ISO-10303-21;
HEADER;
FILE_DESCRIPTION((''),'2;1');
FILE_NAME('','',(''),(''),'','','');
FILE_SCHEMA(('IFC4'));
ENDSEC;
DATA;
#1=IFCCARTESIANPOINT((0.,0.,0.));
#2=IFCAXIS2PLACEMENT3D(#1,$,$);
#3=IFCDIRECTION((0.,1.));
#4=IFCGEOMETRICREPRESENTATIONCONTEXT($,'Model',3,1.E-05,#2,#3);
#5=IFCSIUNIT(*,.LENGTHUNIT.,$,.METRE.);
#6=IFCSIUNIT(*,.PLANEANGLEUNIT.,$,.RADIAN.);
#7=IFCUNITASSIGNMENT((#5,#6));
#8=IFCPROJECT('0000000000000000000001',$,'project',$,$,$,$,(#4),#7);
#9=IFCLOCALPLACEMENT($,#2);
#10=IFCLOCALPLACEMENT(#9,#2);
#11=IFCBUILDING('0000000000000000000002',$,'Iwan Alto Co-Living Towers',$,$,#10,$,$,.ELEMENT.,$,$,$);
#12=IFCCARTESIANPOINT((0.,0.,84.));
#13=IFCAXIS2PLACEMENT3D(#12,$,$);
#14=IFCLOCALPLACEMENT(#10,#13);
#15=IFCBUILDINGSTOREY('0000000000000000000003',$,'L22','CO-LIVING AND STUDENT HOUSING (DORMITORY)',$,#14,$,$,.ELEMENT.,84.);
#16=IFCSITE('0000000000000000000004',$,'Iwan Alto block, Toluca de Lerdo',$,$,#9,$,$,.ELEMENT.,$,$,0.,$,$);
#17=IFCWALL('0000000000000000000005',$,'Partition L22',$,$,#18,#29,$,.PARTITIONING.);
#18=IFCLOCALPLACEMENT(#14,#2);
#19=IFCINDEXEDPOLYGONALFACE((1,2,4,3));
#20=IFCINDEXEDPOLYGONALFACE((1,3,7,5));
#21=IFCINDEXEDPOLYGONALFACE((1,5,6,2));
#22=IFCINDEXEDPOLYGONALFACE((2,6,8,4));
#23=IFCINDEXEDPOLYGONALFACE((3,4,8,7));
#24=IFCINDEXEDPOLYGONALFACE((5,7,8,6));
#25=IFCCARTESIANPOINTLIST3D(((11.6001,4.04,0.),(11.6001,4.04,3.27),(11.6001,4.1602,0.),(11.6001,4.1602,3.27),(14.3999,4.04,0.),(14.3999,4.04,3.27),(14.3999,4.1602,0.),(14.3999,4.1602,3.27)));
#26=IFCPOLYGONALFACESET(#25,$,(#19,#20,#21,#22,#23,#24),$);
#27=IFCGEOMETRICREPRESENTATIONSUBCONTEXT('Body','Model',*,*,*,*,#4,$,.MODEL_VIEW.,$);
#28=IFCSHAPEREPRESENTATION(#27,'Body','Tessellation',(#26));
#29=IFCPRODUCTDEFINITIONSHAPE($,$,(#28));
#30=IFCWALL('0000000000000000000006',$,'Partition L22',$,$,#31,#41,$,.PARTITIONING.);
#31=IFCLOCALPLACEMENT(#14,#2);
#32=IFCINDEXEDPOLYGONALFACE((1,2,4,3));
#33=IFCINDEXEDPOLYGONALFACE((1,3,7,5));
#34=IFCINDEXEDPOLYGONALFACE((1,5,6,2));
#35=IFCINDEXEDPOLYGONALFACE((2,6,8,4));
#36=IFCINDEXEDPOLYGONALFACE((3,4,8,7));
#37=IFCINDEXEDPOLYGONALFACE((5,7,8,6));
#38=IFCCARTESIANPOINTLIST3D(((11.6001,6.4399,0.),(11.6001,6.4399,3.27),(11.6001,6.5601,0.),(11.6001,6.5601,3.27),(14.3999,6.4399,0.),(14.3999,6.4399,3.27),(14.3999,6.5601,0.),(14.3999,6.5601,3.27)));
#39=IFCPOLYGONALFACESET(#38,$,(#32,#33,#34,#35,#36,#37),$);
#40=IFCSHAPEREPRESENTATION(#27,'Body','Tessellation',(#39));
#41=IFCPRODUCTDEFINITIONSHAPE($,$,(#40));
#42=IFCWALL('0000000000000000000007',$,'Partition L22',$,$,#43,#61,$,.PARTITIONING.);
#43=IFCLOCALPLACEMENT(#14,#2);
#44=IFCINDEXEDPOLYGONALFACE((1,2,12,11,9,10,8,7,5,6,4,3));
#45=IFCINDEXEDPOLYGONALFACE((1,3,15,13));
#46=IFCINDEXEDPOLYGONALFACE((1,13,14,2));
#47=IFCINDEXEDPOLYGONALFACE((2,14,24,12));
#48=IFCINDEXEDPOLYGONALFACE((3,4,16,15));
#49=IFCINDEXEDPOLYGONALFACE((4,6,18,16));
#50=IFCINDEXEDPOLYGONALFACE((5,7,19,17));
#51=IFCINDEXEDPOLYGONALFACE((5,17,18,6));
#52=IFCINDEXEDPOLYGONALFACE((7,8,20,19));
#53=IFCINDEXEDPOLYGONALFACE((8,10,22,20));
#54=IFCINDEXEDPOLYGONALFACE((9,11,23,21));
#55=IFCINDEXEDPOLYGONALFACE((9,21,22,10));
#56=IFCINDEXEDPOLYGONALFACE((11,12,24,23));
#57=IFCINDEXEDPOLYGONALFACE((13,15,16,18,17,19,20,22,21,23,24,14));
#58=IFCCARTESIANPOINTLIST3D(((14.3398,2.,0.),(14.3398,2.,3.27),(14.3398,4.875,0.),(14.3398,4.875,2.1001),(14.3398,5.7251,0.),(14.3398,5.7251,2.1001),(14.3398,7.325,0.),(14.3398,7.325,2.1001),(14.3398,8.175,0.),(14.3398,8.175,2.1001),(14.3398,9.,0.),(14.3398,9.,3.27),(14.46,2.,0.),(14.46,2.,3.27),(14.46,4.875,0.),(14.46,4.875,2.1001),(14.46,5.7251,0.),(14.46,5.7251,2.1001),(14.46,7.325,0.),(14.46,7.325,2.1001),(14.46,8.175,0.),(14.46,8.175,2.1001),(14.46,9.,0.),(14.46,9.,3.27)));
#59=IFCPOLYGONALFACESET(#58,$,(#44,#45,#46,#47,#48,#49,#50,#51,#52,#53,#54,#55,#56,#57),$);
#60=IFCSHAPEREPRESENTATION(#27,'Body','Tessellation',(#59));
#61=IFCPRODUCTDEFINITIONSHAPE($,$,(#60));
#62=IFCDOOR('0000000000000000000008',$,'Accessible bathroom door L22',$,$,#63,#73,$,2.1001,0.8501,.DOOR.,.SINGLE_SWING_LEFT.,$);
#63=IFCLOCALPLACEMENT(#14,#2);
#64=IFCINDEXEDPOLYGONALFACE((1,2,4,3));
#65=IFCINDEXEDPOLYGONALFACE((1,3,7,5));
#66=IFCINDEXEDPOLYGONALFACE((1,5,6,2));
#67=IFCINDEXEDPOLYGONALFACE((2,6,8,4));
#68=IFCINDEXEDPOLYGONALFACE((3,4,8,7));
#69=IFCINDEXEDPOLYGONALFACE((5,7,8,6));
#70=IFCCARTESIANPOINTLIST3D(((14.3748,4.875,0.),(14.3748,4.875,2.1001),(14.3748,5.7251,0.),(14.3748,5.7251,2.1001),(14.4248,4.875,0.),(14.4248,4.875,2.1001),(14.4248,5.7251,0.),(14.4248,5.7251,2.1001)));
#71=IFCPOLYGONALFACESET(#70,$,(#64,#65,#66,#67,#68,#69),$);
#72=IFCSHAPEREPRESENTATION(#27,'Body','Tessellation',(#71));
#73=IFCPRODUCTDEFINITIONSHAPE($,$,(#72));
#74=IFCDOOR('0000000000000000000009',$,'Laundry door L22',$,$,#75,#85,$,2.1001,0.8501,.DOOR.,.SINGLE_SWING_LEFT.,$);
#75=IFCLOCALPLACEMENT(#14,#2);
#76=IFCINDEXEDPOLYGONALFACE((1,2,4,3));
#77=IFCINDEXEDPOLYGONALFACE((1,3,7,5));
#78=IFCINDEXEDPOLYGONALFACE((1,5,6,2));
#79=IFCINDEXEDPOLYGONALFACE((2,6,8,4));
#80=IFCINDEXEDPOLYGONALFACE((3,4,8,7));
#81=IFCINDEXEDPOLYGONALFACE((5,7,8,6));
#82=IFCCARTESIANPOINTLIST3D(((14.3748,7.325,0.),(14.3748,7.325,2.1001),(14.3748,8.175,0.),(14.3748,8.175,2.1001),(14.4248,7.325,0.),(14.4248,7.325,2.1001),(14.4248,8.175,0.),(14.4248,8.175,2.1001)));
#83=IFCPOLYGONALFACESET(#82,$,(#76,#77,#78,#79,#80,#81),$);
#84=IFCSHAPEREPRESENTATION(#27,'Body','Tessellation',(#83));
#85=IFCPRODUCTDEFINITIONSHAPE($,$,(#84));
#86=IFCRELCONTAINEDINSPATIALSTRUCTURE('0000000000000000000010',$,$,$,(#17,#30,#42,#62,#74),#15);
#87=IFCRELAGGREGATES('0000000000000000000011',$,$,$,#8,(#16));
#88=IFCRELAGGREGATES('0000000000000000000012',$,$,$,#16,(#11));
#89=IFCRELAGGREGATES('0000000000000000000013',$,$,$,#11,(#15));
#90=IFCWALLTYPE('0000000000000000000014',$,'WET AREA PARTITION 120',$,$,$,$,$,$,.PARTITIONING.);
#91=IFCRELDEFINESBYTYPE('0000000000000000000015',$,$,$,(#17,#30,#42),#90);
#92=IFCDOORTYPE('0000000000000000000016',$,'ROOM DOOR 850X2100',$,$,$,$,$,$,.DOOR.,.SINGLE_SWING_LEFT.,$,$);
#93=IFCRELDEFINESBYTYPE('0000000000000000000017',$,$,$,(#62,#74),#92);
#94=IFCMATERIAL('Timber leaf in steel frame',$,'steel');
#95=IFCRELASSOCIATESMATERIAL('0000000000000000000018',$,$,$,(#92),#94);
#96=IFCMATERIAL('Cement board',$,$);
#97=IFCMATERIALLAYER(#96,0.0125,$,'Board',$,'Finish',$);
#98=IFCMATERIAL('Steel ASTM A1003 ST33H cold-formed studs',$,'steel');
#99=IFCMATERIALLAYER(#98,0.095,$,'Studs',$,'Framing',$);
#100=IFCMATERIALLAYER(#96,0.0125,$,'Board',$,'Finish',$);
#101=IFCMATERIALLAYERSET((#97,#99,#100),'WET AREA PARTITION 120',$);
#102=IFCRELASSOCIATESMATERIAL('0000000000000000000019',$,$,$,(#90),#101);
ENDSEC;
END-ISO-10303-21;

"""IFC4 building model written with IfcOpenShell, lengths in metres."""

from ifc_helpers import new_model, si_unit, direction, frame, frame_2d, origin, place, context, subcontext, project, spatial, rectangle, extrude, material, layer, layer_set, type_object, element, fill, save


model = new_model("IFC4")

# Units and contexts
model_context = context("Model", 3, precision=1e-05, world=origin(), true_north=direction((0.0, 1.0)))
body_context = subcontext(model_context, "Body", "Model", "MODEL_VIEW")
ifc_project = project(units=[si_unit("LENGTHUNIT", "METRE"), si_unit("PLANEANGLEUNIT", "RADIAN")], contexts=[model_context])

# Site, building, storey
site_placement = place(None, origin())
site = spatial("IfcSite", under=ifc_project, at=site_placement, Name="Iwan Alto block, Toluca de Lerdo", CompositionType="ELEMENT", RefElevation=0.0)
building_placement = place(site_placement, origin())
building = spatial("IfcBuilding", under=site, at=building_placement, Name="Iwan Alto Co-Living Towers", CompositionType="ELEMENT")
storey_placement = place(building_placement, frame((0.0, 0.0, 84.0)))
storey = spatial("IfcBuildingStorey", under=building, at=storey_placement, Name="L22", Description="CO-LIVING AND STUDENT HOUSING (DORMITORY)", CompositionType="ELEMENT", Elevation=84.0)

# Shared definitions
ifc_material_1 = material(Name="Steel ASTM A1003 ST33H cold-formed studs", Category="steel")

# Shared definitions
ifc_material_2 = material(Name="Timber leaf in steel frame", Category="steel")
door_type_1 = type_object("IfcDoorType", Name="ROOM DOOR 850X2100", OperationType="SINGLE_SWING_LEFT", PredefinedType="DOOR", material=ifc_material_2)

# Shared definitions
ifc_material_3 = material(Name="Cement board")
ifc_layer_1 = layer(ifc_material_3, 0.0125, Name="Board", Category="Finish")
ifc_layer_2 = layer(ifc_material_1, 0.095, Name="Studs", Category="Framing")
ifc_layer_3 = layer(ifc_material_3, 0.0125, Name="Board", Category="Finish")
ifc_layer_set_1 = layer_set([ifc_layer_1, ifc_layer_2, ifc_layer_3], Name="WET AREA PARTITION 120")
wall_type_1 = type_object("IfcWallType", Name="WET AREA PARTITION 120", PredefinedType="PARTITIONING", material=ifc_layer_set_1)

# Walls
for number, where, z_axis, x_axis, name in (
    (1, (11.6001, 4.1001, 0.0), (0.0, 0.0, 1.0), (1.0, 0.0, 0.0), "Partition L22"),
    (2, (11.6001, 6.5, 0.0), (0.0, 0.0, 1.0), (1.0, 0.0, 0.0), "Partition L22"),
):
    element("IfcWall", number, at=place(storey_placement, frame(where, z_axis=z_axis, x_axis=x_axis)), inside=storey, type_object=wall_type_1, Name=name, PredefinedType="PARTITIONING", context=body_context, shape_type="SweptSolid", body=[
        extrude(rectangle(XDim=2.7998, YDim=0.1201, at=frame_2d((1.3999, 0.0))), origin(), (0.0, 0.0, 1.0), 3.27),
    ])

# Wall, openings, doors
wall_1_placement = place(storey_placement, frame((14.3999, 2.0, 0.0), z_axis=(0.0, 0.0, 1.0), x_axis=(0.0, 1.0, 0.0)))
wall_1 = element("IfcWall", 3, at=wall_1_placement, inside=storey, type_object=wall_type_1, Name="Partition L22", PredefinedType="PARTITIONING", context=body_context, shape_type="SweptSolid", body=[
    extrude(rectangle(XDim=7.0, YDim=0.1201, at=frame_2d((3.5, 0.0))), origin(), (0.0, 0.0, 1.0), 3.27),
])
opening_1_placement = place(wall_1_placement, frame((2.875, 0.0, 0.0)))
opening_1 = element("IfcOpeningElement", 4, at=opening_1_placement, cuts=wall_1, PredefinedType="OPENING", context=body_context, shape_type="SweptSolid", body=[
    extrude(rectangle(XDim=0.8501, YDim=2.1001, at=frame_2d((0.425, 1.05))), frame((0.0, 0.0701, 0.0), z_axis=(0.0, -1.0, 0.0), x_axis=(1.0, 0.0, 0.0)), (0.0, 0.0, 1.0), 0.1401),
])
opening_2_placement = place(wall_1_placement, frame((5.325, 0.0, 0.0)))
opening_2 = element("IfcOpeningElement", 5, at=opening_2_placement, cuts=wall_1, PredefinedType="OPENING", context=body_context, shape_type="SweptSolid", body=[
    extrude(rectangle(XDim=0.8501, YDim=2.1001, at=frame_2d((0.425, 1.05))), frame((0.0, 0.0701, 0.0), z_axis=(0.0, -1.0, 0.0), x_axis=(1.0, 0.0, 0.0)), (0.0, 0.0, 1.0), 0.1401),
])
door_1_placement = place(opening_1_placement, frame((0.8501, 0.0, 0.0), z_axis=(0.0, 0.0, 1.0), x_axis=(-1.0, 0.0, 0.0)))
door_1 = element("IfcDoor", 6, at=door_1_placement, inside=storey, type_object=door_type_1, Name="Accessible bathroom door L22", OperationType="SINGLE_SWING_LEFT", OverallHeight=2.1001, OverallWidth=0.8501, PredefinedType="DOOR", context=body_context, shape_type="SweptSolid", body=[
    extrude(rectangle(XDim=0.8501, YDim=2.1001, at=frame_2d((0.425, 1.05))), frame((0.0, 0.0249, 0.0), z_axis=(0.0, -1.0, 0.0), x_axis=(1.0, 0.0, 0.0)), (0.0, 0.0, 1.0), 0.05),
])
fill(opening_1, door_1)
door_2_placement = place(opening_2_placement, frame((0.8501, 0.0, 0.0), z_axis=(0.0, 0.0, 1.0), x_axis=(-1.0, 0.0, 0.0)))
door_2 = element("IfcDoor", 7, at=door_2_placement, inside=storey, type_object=door_type_1, Name="Laundry door L22", OperationType="SINGLE_SWING_LEFT", OverallHeight=2.1001, OverallWidth=0.8501, PredefinedType="DOOR", context=body_context, shape_type="SweptSolid", body=[
    extrude(rectangle(XDim=0.8501, YDim=2.1001, at=frame_2d((0.425, 1.05))), frame((0.0, 0.0249, 0.0), z_axis=(0.0, -1.0, 0.0), x_axis=(1.0, 0.0, 0.0)), (0.0, 0.0, 1.0), 0.05),
])
fill(opening_2, door_2)

save(model, "model.ifc")
